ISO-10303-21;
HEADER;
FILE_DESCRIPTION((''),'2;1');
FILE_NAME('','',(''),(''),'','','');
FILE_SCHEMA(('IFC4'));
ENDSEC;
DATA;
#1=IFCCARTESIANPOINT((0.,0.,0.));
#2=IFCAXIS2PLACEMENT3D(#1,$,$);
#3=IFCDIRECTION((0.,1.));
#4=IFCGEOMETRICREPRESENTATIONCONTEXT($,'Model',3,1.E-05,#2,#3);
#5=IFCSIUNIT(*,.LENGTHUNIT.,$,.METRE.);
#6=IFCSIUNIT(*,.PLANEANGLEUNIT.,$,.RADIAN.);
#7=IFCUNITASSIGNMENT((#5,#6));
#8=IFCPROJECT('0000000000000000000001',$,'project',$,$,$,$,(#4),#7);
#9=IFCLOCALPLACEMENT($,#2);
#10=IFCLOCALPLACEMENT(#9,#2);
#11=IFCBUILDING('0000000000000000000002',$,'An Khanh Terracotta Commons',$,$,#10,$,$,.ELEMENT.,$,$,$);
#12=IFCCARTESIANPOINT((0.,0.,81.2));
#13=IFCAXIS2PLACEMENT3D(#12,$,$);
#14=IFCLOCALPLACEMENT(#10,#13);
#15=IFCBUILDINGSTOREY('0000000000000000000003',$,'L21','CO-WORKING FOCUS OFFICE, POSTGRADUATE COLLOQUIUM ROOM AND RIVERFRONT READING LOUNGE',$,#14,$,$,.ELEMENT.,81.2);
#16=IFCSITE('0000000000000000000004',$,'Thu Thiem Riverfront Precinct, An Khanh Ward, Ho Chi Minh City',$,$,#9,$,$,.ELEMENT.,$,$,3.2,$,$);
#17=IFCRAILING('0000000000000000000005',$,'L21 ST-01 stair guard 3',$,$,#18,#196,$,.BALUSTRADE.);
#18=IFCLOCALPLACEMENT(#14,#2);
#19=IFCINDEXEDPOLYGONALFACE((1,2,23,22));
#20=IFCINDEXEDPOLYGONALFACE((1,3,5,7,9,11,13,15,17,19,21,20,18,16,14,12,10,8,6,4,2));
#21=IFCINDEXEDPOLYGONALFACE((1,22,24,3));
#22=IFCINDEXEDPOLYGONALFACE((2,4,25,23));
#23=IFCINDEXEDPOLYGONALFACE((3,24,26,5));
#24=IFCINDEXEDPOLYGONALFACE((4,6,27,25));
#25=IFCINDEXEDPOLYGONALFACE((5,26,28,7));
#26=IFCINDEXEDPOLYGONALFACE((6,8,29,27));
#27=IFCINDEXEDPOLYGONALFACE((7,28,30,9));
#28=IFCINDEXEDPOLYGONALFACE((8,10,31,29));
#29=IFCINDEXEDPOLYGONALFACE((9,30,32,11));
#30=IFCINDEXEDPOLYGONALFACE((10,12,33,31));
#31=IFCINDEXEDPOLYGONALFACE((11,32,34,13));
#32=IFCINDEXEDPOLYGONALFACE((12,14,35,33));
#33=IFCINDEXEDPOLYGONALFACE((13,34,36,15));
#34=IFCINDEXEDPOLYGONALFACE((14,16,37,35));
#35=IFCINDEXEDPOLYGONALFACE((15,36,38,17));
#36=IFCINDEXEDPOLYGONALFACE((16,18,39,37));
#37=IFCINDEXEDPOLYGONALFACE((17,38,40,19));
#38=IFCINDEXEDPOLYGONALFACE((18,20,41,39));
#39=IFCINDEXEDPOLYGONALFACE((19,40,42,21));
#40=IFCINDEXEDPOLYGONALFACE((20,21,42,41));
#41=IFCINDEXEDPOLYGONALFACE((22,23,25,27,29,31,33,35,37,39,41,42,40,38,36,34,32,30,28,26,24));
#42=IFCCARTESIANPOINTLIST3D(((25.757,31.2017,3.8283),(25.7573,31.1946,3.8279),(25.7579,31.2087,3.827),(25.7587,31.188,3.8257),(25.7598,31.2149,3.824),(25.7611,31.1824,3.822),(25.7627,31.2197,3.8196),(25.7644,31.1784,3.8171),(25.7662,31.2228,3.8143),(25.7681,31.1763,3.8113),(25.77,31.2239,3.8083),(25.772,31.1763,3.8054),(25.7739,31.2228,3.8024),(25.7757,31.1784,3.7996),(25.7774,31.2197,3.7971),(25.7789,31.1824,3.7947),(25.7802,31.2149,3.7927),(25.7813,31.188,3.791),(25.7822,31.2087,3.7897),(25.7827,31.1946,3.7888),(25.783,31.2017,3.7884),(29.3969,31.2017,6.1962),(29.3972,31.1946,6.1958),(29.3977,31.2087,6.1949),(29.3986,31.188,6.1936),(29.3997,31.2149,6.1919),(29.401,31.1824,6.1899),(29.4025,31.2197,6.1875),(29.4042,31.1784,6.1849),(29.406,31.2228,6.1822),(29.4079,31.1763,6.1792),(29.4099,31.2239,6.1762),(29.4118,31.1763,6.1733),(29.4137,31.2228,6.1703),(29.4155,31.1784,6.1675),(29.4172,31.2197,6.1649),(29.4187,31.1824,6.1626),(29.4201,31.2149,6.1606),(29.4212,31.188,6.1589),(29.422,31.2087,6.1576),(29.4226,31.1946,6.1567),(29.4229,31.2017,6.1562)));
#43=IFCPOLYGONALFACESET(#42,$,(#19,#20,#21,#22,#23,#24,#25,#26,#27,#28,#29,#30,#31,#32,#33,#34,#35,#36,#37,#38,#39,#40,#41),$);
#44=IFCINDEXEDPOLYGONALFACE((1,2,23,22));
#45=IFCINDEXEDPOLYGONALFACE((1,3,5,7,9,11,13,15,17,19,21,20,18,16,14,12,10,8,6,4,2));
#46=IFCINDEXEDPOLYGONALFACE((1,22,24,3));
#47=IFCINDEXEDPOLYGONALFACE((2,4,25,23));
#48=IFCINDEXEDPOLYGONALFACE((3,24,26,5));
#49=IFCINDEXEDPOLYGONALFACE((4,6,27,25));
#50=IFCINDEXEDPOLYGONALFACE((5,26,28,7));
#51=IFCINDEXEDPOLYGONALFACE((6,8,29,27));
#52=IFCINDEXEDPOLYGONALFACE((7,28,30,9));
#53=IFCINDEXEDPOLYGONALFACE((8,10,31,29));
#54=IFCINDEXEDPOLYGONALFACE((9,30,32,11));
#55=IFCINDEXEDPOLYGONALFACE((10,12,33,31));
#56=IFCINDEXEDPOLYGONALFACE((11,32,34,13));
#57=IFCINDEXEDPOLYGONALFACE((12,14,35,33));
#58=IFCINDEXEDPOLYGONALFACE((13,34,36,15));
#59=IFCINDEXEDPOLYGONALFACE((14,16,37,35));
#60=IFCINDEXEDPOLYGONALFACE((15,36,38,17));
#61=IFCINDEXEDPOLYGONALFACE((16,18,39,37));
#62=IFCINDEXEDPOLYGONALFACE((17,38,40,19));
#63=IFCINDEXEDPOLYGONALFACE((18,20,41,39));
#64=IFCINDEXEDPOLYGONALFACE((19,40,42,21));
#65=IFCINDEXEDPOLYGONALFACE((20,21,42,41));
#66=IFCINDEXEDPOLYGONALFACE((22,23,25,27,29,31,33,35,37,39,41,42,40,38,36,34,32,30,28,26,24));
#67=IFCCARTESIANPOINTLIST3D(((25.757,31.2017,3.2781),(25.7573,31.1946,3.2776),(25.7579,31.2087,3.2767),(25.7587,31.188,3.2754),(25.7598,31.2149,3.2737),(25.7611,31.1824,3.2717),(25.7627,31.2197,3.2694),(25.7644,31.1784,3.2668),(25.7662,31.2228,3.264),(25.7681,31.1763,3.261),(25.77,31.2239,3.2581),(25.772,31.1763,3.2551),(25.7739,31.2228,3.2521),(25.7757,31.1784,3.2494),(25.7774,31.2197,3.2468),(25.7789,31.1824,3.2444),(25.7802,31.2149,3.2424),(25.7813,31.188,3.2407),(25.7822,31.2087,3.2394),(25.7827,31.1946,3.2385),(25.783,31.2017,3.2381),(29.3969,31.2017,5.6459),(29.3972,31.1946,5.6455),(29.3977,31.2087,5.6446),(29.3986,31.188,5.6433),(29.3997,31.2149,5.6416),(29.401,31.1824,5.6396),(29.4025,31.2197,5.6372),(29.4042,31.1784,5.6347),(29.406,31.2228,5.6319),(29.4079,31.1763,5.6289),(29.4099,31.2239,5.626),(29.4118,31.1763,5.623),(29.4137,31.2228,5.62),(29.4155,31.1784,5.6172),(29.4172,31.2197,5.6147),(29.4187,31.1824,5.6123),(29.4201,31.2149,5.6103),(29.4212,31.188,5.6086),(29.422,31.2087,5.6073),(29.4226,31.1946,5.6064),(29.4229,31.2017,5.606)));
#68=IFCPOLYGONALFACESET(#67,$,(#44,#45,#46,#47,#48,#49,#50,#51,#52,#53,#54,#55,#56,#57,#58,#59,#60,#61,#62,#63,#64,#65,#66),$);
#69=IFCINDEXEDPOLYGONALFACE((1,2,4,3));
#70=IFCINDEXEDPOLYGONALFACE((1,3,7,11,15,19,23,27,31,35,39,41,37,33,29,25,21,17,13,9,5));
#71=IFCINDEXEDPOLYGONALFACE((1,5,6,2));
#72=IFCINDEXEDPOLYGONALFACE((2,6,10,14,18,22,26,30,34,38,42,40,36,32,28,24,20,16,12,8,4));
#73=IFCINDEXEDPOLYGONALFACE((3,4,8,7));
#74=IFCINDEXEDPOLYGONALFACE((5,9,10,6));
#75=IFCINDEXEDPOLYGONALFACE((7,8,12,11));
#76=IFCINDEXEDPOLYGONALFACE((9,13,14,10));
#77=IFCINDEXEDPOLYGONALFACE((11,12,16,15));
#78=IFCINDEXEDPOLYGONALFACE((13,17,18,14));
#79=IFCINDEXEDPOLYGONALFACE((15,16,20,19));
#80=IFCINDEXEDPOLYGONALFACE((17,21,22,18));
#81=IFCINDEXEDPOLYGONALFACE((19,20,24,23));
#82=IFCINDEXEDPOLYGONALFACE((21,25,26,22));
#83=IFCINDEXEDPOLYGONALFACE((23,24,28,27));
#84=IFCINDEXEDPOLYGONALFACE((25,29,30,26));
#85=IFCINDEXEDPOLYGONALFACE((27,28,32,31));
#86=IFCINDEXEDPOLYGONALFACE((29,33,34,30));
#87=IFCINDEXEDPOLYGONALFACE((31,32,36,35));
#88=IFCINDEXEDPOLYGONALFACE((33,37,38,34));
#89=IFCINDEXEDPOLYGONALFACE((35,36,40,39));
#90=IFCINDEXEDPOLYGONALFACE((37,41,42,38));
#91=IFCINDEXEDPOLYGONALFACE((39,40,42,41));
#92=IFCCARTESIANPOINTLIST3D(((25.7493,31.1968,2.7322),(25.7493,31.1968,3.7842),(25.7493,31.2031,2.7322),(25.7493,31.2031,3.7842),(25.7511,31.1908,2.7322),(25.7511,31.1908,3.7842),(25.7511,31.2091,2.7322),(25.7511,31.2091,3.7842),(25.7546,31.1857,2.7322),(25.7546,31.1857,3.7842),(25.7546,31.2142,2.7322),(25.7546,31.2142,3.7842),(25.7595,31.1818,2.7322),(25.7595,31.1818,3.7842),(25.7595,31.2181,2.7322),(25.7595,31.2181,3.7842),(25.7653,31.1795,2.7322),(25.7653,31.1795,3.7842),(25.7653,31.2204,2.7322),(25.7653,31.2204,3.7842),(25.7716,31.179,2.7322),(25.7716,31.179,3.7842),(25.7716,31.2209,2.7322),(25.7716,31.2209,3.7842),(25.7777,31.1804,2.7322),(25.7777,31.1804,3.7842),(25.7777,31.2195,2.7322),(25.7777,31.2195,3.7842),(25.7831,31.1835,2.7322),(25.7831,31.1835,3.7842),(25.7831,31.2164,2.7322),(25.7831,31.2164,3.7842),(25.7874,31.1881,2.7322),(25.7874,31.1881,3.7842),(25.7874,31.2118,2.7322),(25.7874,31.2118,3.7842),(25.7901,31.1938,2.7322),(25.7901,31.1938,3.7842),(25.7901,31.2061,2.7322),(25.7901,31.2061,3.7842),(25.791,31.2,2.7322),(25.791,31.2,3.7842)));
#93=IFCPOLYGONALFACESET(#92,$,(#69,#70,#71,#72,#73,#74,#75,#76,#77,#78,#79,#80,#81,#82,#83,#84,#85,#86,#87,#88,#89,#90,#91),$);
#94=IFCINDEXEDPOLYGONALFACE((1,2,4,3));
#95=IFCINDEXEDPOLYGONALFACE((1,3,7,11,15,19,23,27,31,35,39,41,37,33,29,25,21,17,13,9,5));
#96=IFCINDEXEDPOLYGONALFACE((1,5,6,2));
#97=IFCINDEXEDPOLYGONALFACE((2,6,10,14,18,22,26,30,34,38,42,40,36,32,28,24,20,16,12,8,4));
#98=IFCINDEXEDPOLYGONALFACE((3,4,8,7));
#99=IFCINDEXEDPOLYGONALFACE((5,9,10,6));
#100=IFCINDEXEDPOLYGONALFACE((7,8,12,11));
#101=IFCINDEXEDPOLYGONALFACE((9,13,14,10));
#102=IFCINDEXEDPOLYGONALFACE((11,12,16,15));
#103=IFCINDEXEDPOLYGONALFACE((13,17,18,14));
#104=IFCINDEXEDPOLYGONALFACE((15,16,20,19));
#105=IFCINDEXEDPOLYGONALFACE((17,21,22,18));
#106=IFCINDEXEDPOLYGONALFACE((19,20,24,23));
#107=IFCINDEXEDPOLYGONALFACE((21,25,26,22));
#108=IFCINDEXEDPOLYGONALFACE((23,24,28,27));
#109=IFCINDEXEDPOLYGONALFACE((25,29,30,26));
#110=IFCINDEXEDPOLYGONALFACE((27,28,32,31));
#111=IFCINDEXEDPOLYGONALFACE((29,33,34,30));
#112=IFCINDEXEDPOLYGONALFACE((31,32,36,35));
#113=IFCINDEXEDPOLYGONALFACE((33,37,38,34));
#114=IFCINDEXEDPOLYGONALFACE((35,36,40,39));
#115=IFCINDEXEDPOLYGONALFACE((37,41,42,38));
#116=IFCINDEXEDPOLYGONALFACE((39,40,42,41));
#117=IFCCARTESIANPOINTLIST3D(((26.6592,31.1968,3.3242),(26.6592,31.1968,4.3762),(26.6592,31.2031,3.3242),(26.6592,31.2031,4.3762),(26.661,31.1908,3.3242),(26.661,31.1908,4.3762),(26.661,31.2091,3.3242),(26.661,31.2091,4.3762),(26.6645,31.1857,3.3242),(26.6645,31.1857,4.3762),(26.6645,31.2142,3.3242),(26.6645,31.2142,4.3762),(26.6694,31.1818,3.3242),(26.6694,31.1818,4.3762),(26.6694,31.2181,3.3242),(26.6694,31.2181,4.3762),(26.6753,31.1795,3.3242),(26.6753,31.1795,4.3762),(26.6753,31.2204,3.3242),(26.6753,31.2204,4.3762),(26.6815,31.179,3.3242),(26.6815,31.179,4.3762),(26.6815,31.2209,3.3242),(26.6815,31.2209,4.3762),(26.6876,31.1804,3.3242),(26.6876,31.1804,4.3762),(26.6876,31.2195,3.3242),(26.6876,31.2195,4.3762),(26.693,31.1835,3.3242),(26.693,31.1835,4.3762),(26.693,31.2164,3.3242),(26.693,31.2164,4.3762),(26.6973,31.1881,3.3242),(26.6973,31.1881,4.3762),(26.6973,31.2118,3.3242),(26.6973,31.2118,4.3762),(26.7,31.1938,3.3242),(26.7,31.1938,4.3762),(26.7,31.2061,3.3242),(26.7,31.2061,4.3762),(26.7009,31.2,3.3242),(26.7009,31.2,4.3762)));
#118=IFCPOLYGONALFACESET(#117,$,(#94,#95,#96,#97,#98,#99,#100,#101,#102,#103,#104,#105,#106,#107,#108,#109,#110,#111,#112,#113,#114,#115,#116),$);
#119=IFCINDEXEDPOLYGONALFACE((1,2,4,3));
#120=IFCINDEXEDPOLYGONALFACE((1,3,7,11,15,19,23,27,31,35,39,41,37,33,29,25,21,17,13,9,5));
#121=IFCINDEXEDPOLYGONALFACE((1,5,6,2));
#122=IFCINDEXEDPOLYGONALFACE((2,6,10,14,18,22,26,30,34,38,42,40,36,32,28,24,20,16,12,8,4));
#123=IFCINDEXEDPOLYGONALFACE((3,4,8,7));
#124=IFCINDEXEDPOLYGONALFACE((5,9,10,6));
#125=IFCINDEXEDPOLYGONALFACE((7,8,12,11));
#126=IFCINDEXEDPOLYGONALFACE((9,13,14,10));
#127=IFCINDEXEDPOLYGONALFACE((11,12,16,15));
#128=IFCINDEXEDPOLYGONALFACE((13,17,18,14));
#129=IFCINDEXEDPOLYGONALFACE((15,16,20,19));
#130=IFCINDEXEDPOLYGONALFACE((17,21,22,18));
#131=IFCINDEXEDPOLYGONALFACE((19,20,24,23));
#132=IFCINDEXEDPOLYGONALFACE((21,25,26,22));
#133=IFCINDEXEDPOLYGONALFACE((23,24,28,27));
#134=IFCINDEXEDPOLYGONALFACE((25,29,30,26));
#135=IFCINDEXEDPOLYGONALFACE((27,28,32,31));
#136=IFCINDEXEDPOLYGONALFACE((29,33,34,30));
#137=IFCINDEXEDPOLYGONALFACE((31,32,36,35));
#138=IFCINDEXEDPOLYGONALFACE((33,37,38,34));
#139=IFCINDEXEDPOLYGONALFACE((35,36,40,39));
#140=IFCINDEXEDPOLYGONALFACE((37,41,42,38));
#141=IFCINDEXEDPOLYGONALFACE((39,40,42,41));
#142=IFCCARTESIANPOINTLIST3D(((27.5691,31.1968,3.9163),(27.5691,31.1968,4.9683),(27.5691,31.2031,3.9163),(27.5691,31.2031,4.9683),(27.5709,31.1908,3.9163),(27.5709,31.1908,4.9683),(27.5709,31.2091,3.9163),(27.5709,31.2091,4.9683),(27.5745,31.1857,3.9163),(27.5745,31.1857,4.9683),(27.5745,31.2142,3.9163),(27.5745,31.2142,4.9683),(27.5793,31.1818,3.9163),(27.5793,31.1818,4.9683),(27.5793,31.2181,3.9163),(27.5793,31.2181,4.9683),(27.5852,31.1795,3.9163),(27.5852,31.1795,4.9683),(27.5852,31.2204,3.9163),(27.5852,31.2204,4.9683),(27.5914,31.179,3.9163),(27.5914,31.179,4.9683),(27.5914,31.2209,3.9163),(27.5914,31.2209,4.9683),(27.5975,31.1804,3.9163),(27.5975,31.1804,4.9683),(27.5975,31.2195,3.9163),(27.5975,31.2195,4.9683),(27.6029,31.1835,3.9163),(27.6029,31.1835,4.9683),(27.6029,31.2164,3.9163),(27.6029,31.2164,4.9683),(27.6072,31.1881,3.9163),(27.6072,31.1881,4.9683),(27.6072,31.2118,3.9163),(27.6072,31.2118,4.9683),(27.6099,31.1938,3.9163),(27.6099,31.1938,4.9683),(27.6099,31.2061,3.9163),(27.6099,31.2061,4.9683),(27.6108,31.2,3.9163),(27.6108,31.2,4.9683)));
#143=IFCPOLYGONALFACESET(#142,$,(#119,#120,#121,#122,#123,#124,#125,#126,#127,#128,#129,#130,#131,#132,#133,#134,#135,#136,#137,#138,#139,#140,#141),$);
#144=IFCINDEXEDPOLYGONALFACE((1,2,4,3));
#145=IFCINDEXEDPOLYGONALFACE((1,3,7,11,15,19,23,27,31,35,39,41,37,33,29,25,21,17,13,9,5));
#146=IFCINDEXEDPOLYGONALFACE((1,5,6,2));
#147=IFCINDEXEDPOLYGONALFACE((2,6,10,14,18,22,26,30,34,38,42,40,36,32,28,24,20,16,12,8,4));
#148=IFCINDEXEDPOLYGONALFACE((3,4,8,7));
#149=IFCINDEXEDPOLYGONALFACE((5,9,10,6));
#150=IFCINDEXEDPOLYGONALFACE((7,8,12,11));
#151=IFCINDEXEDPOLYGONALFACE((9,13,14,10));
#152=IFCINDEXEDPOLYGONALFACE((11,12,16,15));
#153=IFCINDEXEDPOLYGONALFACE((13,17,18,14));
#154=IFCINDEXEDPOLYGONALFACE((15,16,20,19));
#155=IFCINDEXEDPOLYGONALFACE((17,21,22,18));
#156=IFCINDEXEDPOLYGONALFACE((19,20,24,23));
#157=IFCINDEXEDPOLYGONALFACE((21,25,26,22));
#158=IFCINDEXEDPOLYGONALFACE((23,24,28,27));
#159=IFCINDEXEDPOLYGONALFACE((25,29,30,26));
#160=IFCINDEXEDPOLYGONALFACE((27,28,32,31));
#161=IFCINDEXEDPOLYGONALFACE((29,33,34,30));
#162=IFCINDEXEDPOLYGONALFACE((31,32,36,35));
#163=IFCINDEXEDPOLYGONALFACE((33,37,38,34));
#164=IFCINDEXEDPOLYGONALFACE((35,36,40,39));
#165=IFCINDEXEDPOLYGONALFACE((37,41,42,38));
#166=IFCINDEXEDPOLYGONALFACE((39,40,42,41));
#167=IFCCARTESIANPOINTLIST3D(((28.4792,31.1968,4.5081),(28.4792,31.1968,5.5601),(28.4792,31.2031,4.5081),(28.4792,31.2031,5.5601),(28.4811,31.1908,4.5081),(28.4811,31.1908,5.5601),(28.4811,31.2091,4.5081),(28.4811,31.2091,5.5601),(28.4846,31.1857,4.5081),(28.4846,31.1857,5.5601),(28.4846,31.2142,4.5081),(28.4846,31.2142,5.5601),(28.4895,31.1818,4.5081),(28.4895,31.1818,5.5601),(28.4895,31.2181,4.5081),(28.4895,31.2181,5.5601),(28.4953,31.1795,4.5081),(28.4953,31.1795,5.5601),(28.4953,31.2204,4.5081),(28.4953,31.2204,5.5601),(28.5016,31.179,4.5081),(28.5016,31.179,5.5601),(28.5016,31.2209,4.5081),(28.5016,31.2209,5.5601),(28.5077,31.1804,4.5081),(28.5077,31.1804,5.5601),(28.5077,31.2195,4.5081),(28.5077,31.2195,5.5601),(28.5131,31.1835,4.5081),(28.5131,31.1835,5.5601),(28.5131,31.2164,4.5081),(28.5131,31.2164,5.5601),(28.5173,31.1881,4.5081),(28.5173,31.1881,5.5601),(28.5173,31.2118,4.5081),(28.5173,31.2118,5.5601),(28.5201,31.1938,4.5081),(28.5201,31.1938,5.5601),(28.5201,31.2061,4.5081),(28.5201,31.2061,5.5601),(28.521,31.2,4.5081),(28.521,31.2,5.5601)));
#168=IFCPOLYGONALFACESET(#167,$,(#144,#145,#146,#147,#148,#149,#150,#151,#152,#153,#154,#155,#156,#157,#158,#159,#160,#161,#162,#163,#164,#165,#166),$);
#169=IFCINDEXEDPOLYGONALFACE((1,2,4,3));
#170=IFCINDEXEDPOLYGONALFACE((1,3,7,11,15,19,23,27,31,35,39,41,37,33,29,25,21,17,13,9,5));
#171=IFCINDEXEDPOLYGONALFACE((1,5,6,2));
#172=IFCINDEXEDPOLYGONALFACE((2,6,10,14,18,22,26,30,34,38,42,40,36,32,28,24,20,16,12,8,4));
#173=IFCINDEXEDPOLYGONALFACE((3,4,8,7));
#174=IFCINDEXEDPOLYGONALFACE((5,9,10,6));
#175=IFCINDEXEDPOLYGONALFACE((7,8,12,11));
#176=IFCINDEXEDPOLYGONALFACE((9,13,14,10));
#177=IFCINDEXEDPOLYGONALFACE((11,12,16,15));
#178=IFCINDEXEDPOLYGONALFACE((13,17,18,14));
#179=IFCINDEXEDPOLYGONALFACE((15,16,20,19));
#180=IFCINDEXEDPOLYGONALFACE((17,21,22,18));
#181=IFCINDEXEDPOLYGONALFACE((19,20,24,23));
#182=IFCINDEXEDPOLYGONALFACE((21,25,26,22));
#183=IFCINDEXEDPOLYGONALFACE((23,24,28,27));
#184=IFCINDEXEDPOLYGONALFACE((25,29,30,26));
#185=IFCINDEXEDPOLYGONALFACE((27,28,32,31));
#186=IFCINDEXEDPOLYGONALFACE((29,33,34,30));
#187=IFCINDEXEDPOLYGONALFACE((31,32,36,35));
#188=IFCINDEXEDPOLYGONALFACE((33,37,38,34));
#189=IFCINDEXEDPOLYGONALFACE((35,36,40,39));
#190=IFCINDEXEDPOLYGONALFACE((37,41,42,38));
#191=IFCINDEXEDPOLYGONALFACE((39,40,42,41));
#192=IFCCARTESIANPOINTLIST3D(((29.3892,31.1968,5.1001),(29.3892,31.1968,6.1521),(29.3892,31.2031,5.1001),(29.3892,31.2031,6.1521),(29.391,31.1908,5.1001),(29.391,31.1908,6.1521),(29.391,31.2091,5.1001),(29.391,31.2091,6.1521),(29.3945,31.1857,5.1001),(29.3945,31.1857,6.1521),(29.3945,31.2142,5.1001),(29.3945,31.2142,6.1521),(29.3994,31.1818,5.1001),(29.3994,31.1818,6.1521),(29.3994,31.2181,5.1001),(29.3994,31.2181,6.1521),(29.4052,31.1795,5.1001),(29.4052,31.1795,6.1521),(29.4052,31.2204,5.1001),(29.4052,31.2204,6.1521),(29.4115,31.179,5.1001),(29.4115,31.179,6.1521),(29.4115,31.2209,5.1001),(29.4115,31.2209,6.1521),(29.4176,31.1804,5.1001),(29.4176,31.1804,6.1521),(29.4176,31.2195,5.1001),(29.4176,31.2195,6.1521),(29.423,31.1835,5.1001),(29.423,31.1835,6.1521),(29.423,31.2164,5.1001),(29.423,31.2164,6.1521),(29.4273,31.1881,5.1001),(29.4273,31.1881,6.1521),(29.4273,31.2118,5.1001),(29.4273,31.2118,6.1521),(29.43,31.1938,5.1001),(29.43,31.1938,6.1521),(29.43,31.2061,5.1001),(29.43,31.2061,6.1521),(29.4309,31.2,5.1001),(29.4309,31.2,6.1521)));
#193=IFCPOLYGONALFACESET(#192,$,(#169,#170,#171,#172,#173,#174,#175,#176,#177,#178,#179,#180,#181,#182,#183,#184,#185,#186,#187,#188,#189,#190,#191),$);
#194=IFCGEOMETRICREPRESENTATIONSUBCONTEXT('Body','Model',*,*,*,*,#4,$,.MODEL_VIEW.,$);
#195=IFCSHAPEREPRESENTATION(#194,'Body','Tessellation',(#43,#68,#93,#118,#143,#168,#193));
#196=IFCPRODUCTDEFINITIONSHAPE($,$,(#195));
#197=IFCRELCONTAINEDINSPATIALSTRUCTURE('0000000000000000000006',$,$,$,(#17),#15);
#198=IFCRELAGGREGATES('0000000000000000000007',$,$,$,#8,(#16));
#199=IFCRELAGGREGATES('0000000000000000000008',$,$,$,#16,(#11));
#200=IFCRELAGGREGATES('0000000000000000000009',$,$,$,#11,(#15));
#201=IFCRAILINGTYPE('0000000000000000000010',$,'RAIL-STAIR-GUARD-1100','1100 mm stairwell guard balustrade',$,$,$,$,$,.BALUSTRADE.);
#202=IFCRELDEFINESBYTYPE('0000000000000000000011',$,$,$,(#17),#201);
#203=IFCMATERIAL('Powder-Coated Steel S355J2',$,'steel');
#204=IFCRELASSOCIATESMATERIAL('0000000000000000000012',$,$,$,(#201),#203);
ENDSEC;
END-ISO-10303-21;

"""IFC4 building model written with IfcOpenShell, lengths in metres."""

from ifc_helpers import new_model, si_unit, direction, frame, origin, origin_2d, place, context, subcontext, project, spatial, circle, extrude, material, type_object, element, save


model = new_model("IFC4")

# Units and contexts
model_context = context("Model", 3, precision=1e-05, world=origin(), true_north=direction((0.0, 1.0)))
body_context = subcontext(model_context, "Body", "Model", "MODEL_VIEW")
ifc_project = project(units=[si_unit("LENGTHUNIT", "METRE"), si_unit("PLANEANGLEUNIT", "RADIAN")], contexts=[model_context])

# Site, building, storey
site_placement = place(None, origin())
site = spatial("IfcSite", under=ifc_project, at=site_placement, Name="Thu Thiem Riverfront Precinct, An Khanh Ward, Ho Chi Minh City", CompositionType="ELEMENT", RefElevation=3.2)
building_placement = place(site_placement, origin())
building = spatial("IfcBuilding", under=site, at=building_placement, Name="An Khanh Terracotta Commons", CompositionType="ELEMENT")
storey_placement = place(building_placement, frame((0.0, 0.0, 81.2)))
storey = spatial("IfcBuildingStorey", under=building, at=storey_placement, Name="L21", Description="CO-WORKING FOCUS OFFICE, POSTGRADUATE COLLOQUIUM ROOM AND RIVERFRONT READING LOUNGE", CompositionType="ELEMENT", Elevation=81.2)

# Railing
ifc_material_1 = material(Name="Powder-Coated Steel S355J2", Category="steel")
railing_type_1 = type_object("IfcRailingType", Name="RAIL-STAIR-GUARD-1100", Description="1100 mm stairwell guard balustrade", PredefinedType="BALUSTRADE", material=ifc_material_1)
railing_1_placement = place(storey_placement, frame((25.77, 31.2, 2.7322)))
element("IfcRailing", 1, at=railing_1_placement, inside=storey, type_object=railing_type_1, Name="L21 ST-01 stair guard 3", PredefinedType="BALUSTRADE", context=body_context, shape_type="SweptSolid", body=[
    extrude(circle(Radius=0.0239, at=origin_2d()), frame((0.0, 0.0, 1.0762), z_axis=(0.838234, 0.0, 0.54531), x_axis=(0.0, 1.0, 0.0)), (0.0, 0.0, 1.0), 4.3423),
    extrude(circle(Radius=0.0239, at=origin_2d()), frame((0.0, 0.0, 0.5259), z_axis=(0.838234, 0.0, 0.54531), x_axis=(0.0, 1.0, 0.0)), (0.0, 0.0, 1.0), 4.3423),
    extrude(circle(Radius=0.021, at=origin_2d()), origin(), (0.0, 0.0, 1.0), 1.052),
    extrude(circle(Radius=0.021, at=origin_2d()), frame((0.9099, 0.0, 0.592)), (0.0, 0.0, 1.0), 1.052),
    extrude(circle(Radius=0.021, at=origin_2d()), frame((1.8198, 0.0, 1.1841)), (0.0, 0.0, 1.0), 1.052),
    extrude(circle(Radius=0.021, at=origin_2d()), frame((2.73, 0.0, 1.7759)), (0.0, 0.0, 1.0), 1.052),
    extrude(circle(Radius=0.021, at=origin_2d()), frame((3.6399, 0.0, 2.3679)), (0.0, 0.0, 1.0), 1.052),
])

save(model, "model.ifc")
